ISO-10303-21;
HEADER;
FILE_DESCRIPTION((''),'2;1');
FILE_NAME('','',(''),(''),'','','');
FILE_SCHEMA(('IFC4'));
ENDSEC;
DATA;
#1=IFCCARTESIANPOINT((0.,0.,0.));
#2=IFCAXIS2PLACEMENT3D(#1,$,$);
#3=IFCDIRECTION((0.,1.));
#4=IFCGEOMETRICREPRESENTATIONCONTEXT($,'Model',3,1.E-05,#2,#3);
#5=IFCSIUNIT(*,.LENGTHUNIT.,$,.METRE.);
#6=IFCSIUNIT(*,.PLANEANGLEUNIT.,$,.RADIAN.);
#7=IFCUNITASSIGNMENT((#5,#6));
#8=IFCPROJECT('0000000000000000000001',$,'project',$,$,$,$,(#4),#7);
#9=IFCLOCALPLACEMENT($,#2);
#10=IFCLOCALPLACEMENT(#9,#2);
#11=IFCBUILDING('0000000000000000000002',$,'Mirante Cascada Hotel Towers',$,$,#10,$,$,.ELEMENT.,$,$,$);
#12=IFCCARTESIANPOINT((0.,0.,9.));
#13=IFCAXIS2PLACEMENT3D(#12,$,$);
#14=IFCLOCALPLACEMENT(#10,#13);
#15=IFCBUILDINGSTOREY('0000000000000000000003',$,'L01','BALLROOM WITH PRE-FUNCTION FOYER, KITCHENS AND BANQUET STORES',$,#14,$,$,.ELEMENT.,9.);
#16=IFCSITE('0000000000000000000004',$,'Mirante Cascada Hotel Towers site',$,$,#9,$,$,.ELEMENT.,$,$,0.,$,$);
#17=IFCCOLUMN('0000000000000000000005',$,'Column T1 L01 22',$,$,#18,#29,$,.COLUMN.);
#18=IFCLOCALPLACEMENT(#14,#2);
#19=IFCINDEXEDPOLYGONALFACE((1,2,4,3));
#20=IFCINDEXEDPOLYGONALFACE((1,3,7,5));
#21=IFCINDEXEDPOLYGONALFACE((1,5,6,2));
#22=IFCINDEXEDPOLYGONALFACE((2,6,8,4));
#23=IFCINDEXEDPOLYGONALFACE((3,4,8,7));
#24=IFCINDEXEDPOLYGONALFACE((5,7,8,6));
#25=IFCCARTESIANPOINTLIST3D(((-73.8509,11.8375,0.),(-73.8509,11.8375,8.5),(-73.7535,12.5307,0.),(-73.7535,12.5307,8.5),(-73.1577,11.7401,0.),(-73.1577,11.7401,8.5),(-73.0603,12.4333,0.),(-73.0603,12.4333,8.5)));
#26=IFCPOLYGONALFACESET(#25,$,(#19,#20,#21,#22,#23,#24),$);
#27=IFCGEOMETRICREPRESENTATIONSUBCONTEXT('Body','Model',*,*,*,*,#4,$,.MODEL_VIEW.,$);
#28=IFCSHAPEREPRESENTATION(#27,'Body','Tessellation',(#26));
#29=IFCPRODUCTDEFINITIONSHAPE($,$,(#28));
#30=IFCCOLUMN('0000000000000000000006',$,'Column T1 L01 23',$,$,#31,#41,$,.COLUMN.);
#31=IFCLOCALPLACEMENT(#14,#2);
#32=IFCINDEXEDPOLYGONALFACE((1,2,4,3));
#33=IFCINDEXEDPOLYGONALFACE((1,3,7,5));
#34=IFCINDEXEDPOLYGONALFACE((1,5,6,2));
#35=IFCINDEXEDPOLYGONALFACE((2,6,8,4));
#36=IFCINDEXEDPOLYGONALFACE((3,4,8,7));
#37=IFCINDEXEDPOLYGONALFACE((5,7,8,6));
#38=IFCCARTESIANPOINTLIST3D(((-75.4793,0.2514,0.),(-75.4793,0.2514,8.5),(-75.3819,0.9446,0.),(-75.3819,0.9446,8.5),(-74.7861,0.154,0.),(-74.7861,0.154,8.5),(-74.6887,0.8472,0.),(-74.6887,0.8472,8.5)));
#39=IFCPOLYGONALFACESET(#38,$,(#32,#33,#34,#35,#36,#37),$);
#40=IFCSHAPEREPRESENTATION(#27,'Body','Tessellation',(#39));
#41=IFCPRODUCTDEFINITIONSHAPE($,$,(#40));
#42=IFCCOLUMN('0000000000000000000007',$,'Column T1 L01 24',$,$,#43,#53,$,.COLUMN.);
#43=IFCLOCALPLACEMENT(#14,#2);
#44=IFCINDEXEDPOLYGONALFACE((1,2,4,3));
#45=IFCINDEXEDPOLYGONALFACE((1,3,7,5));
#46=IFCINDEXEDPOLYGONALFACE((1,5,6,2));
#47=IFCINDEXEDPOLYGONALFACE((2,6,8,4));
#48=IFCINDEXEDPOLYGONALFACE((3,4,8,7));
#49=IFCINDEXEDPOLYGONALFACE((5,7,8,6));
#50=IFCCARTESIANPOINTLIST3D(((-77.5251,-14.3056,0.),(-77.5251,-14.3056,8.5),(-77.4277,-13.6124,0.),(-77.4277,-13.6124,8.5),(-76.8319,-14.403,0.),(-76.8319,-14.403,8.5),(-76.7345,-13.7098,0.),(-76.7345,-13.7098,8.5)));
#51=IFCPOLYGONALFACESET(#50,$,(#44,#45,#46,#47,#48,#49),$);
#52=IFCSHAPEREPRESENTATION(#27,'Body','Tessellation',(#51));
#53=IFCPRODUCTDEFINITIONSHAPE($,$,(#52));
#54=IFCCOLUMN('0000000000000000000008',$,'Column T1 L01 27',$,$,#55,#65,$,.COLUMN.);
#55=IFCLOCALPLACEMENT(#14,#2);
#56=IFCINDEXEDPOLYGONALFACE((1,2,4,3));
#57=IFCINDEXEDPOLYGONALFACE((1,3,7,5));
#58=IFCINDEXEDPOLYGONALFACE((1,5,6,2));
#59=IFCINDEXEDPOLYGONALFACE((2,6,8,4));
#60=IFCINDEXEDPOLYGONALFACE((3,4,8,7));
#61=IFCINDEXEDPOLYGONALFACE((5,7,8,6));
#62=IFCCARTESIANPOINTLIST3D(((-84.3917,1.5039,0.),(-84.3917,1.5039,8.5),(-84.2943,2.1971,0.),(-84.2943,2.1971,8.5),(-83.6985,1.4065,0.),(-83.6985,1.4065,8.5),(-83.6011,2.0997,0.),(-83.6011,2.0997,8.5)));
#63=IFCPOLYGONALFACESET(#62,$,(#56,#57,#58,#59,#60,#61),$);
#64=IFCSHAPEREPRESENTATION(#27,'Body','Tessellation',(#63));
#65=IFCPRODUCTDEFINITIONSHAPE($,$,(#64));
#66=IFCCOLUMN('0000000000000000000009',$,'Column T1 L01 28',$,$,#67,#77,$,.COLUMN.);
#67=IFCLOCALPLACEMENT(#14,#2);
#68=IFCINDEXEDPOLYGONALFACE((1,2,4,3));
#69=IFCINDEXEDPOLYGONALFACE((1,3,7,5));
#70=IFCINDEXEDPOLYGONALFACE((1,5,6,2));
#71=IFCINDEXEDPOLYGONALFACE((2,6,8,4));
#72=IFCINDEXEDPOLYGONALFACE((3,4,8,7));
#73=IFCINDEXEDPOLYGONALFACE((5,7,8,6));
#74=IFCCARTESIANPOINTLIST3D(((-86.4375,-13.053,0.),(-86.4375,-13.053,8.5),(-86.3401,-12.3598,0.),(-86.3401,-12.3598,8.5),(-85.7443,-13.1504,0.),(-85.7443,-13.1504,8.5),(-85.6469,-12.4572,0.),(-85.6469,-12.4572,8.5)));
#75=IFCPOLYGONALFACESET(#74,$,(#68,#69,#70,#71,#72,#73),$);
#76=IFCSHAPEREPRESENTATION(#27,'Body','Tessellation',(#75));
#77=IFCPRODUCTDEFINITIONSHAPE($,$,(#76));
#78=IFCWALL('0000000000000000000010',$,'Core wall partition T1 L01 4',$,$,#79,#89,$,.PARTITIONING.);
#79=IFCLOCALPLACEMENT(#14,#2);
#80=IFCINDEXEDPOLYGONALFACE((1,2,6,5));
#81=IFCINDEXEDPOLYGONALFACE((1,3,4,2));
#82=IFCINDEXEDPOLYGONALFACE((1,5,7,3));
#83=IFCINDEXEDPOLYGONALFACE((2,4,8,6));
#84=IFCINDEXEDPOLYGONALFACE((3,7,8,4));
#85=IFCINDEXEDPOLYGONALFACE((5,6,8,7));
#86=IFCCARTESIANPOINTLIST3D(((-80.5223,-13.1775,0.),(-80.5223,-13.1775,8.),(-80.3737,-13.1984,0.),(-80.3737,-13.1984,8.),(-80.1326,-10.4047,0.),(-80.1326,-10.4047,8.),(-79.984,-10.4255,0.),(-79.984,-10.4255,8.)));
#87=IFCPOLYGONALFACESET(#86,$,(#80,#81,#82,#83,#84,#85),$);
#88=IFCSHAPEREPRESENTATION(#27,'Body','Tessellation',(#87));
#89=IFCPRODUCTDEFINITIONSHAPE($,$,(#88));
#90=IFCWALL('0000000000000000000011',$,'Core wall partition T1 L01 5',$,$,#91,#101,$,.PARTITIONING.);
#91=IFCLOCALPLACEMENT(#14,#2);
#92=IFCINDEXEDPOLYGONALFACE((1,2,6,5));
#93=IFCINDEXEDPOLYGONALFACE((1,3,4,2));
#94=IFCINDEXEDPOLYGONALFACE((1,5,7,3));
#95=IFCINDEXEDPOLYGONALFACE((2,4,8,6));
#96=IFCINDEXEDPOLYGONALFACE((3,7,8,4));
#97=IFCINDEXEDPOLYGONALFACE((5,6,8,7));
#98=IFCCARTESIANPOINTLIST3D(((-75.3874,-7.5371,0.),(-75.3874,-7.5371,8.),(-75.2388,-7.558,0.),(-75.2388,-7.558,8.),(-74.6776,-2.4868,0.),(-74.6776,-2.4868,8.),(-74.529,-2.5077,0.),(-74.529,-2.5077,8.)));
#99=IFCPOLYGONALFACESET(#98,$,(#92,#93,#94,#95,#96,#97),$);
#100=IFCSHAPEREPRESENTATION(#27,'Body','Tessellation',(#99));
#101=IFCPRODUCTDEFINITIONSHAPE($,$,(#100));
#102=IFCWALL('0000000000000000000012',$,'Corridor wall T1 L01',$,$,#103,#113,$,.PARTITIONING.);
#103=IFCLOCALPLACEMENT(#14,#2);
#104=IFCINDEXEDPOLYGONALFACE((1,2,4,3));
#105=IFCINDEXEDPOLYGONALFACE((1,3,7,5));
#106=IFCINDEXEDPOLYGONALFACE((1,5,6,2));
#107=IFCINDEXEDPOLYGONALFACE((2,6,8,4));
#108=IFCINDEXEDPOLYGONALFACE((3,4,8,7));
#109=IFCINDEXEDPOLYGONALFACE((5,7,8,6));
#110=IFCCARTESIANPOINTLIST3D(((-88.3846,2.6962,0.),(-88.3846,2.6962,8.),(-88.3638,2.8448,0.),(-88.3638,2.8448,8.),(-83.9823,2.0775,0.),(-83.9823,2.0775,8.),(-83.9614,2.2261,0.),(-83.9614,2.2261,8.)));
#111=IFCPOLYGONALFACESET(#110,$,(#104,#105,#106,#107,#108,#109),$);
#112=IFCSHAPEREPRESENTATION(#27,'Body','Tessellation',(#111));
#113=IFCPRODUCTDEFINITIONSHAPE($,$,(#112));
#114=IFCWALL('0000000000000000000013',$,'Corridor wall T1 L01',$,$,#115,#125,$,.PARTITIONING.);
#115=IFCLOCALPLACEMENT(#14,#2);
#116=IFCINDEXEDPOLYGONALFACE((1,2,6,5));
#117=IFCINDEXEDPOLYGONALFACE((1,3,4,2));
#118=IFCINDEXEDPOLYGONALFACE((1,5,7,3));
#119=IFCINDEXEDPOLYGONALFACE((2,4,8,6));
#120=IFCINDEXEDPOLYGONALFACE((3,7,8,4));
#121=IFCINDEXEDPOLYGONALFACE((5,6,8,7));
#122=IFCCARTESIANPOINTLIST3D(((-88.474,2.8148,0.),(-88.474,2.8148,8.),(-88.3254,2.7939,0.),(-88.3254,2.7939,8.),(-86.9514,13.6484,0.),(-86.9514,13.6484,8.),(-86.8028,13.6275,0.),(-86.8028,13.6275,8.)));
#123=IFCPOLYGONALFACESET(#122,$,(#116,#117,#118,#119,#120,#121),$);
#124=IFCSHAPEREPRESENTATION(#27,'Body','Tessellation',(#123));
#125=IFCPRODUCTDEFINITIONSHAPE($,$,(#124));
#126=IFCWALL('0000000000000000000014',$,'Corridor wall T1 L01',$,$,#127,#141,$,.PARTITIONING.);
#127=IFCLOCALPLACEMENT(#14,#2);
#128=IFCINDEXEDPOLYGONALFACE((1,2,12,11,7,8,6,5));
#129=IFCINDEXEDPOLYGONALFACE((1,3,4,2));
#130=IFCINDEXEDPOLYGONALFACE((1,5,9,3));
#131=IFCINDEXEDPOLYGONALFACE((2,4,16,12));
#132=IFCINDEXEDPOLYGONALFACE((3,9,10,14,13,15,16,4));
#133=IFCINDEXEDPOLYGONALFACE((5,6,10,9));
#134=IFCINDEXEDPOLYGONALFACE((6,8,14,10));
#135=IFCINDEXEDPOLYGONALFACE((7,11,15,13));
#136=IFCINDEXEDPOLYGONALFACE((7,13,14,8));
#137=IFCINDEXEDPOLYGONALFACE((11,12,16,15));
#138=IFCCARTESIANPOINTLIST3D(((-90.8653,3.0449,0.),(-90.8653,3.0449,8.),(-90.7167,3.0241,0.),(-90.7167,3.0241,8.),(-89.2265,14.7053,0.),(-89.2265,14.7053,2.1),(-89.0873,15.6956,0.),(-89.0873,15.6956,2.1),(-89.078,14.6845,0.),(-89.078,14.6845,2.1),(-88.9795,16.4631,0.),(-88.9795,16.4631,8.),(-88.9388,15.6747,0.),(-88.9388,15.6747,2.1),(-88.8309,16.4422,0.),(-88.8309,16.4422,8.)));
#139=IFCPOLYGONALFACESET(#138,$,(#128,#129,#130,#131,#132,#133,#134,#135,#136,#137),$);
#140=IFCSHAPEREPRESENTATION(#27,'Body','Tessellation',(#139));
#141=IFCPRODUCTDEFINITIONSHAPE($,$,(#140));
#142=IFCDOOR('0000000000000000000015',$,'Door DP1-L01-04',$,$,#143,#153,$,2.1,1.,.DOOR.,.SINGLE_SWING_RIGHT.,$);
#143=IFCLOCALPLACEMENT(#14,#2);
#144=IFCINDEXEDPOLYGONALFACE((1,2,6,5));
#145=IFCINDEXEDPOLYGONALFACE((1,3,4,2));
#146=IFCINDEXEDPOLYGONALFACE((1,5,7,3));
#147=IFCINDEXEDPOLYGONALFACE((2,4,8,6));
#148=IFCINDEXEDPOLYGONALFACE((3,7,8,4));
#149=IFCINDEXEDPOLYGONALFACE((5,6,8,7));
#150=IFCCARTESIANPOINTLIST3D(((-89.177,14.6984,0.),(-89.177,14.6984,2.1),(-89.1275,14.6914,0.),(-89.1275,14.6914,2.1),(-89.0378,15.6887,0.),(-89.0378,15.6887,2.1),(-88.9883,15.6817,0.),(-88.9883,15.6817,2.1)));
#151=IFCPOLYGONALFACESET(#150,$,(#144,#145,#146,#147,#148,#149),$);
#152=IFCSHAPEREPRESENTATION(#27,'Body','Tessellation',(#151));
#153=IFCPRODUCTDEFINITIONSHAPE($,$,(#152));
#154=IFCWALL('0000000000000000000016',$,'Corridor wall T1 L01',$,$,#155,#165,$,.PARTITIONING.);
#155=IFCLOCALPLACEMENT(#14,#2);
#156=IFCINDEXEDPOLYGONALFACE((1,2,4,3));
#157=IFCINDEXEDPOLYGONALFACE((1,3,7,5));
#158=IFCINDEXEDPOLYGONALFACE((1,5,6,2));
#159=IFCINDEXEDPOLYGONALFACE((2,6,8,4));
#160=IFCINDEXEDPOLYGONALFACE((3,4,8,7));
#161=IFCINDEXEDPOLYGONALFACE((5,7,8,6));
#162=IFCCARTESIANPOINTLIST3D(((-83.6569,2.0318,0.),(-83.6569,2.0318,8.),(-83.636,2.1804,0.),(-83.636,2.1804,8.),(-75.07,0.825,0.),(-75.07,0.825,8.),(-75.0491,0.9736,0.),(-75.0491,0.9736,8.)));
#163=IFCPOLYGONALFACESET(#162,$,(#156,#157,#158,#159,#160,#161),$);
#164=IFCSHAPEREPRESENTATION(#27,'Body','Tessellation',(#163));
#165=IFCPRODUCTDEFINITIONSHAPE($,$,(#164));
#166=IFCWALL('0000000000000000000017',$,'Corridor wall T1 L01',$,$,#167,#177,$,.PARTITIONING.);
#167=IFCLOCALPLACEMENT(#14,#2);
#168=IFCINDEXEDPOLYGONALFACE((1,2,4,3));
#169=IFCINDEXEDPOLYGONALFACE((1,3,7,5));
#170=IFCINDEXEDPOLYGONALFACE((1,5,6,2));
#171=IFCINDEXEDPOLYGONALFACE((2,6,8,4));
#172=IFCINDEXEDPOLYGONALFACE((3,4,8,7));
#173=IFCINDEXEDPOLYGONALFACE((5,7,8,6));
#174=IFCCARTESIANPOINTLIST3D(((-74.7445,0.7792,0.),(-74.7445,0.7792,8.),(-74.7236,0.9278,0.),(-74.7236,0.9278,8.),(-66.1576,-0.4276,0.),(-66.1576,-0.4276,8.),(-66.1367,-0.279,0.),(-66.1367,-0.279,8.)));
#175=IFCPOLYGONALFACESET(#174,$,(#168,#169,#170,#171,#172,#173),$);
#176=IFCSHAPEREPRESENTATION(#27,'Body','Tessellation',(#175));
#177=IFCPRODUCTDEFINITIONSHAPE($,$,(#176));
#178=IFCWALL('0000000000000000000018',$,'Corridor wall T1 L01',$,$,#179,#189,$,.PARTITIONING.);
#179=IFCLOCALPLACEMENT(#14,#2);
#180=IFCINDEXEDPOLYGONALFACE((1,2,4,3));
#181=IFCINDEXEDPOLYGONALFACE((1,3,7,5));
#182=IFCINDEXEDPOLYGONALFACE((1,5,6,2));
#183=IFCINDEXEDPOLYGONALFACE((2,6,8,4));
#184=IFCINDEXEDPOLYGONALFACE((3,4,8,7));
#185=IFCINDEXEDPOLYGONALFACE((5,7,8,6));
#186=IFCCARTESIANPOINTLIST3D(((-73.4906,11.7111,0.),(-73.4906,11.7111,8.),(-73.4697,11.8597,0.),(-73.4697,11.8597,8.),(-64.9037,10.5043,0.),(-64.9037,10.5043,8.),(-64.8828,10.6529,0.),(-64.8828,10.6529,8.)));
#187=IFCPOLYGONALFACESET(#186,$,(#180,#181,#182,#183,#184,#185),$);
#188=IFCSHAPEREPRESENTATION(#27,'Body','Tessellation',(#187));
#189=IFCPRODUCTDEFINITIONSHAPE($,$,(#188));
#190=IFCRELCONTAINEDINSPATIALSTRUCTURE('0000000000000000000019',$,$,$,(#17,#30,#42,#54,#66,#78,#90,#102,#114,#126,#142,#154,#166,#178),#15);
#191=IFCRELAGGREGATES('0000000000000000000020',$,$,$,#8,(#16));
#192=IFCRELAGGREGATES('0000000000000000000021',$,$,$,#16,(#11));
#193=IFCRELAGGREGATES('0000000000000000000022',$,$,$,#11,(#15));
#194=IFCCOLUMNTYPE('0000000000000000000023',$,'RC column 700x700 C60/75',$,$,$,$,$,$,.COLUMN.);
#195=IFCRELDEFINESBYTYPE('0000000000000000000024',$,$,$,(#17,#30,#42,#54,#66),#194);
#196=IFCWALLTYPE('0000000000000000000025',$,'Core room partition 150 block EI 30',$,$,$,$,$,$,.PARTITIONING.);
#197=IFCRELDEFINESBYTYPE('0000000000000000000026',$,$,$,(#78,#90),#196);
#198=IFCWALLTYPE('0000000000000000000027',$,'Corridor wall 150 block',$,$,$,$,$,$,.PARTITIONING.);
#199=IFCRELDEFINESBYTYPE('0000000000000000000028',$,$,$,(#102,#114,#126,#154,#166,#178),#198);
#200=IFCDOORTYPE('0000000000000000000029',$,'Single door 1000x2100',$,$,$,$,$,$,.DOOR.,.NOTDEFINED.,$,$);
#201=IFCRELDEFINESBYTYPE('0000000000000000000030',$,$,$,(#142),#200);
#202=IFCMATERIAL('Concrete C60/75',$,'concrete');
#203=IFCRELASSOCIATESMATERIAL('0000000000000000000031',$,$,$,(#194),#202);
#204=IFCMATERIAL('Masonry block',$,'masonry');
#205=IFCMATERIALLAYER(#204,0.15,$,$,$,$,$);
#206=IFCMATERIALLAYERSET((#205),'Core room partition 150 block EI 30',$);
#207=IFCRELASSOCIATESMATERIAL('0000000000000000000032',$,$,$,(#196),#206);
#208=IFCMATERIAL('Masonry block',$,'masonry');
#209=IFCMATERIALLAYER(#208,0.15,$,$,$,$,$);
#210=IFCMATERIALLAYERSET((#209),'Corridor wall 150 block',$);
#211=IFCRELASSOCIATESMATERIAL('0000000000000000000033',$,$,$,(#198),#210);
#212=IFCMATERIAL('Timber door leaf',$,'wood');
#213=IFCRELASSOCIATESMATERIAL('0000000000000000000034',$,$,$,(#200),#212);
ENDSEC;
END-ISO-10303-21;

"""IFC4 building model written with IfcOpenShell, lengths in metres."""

from ifc_helpers import new_model, si_unit, direction, frame, frame_2d, origin, origin_2d, place, context, subcontext, project, spatial, rectangle, extrude, material, layer, layer_set, material_profile, profile_set, type_object, element, fill, save


model = new_model("IFC4")

# Units and contexts
model_context = context("Model", 3, precision=1e-05, world=origin(), true_north=direction((0.0, 1.0)))
body_context = subcontext(model_context, "Body", "Model", "MODEL_VIEW")
ifc_project = project(units=[si_unit("LENGTHUNIT", "METRE"), si_unit("PLANEANGLEUNIT", "RADIAN")], contexts=[model_context])

# Site, building, storey
site_placement = place(None, origin())
site = spatial("IfcSite", under=ifc_project, at=site_placement, Name="Mirante Cascada Hotel Towers site", CompositionType="ELEMENT", RefElevation=0.0)
building_placement = place(site_placement, origin())
building = spatial("IfcBuilding", under=site, at=building_placement, Name="Mirante Cascada Hotel Towers", CompositionType="ELEMENT")
storey_placement = place(building_placement, frame((0.0, 0.0, 9.0)))
storey = spatial("IfcBuildingStorey", under=building, at=storey_placement, Name="L01", Description="BALLROOM WITH PRE-FUNCTION FOYER, KITCHENS AND BANQUET STORES", CompositionType="ELEMENT", Elevation=9.0)

# Columns
ifc_material_1 = material(Name="Concrete C60/75", Category="concrete")
ifc_material_profile = material_profile(ifc_material_1, rectangle(XDim=0.7, YDim=0.7, at=origin_2d()), Name="RC column 700x700 C60/75")
ifc_profile_set = profile_set([ifc_material_profile], Name="Concrete C60/75")
column_type = type_object("IfcColumnType", Name="RC column 700x700 C60/75", PredefinedType="COLUMN", material=ifc_profile_set)
for number, where, z_axis, x_axis, name in (
    (1, (-73.4556, 12.1354, 0.0), (0.0, 0.0, 1.0), (-0.990268, 0.139173, 0.0), "Column T1 L01 22"),
    (2, (-75.084, 0.5493, 0.0), (0.0, 0.0, 1.0), (-0.990268, 0.139173, 0.0), "Column T1 L01 23"),
    (3, (-77.1298, -14.0077, 0.0), (0.0, 0.0, 1.0), (-0.990268, 0.139173, 0.0), "Column T1 L01 24"),
    (4, (-83.9964, 1.8018, 0.0), (0.0, 0.0, 1.0), (-0.990268, 0.139173, 0.0), "Column T1 L01 27"),
    (5, (-86.0422, -12.7551, 0.0), (0.0, 0.0, 1.0), (-0.990268, 0.139173, 0.0), "Column T1 L01 28"),
):
    element("IfcColumn", number, at=place(storey_placement, frame(where, z_axis=z_axis, x_axis=x_axis)), inside=storey, type_object=column_type, Name=name, PredefinedType="COLUMN", context=body_context, shape_type="SweptSolid", body=[
        extrude(rectangle(XDim=0.7, YDim=0.7, at=origin_2d()), origin(), (0.0, 0.0, 1.0), 8.5),
    ])

# Walls
ifc_material_2 = material(Name="Masonry block", Category="masonry")
ifc_layer_1 = layer(ifc_material_2, 0.15)
ifc_layer_set_1 = layer_set([ifc_layer_1], Name="Core room partition 150 block EI 30")
wall_type_1 = type_object("IfcWallType", Name="Core room partition 150 block EI 30", PredefinedType="PARTITIONING", material=ifc_layer_set_1)
wall_1_placement = place(storey_placement, frame((-80.448, -13.1879, 0.0), z_axis=(0.0, 0.0, 1.0), x_axis=(0.139176, 0.990268, 0.0)))
element("IfcWall", 6, at=wall_1_placement, inside=storey, type_object=wall_type_1, Name="Core wall partition T1 L01 4", PredefinedType="PARTITIONING", context=body_context, shape_type="SweptSolid", body=[
    extrude(rectangle(XDim=2.8001, YDim=0.15, at=frame_2d((1.4, 0.0))), origin(), (0.0, 0.0, 1.0), 8.0),
])
wall_2_placement = place(storey_placement, frame((-75.3131, -7.5476, 0.0), z_axis=(0.0, 0.0, 1.0), x_axis=(0.139178, 0.990267, 0.0)))
element("IfcWall", 7, at=wall_2_placement, inside=storey, type_object=wall_type_1, Name="Core wall partition T1 L01 5", PredefinedType="PARTITIONING", context=body_context, shape_type="SweptSolid", body=[
    extrude(rectangle(XDim=5.0999, YDim=0.15, at=frame_2d((2.55, 0.0))), origin(), (0.0, 0.0, 1.0), 8.0),
])
ifc_material_3 = material(Name="Masonry block", Category="masonry")
ifc_layer_2 = layer(ifc_material_3, 0.15)
ifc_layer_set_2 = layer_set([ifc_layer_2], Name="Corridor wall 150 block")
wall_type_2 = type_object("IfcWallType", Name="Corridor wall 150 block", PredefinedType="PARTITIONING", material=ifc_layer_set_2)
wall_3_placement = place(storey_placement, frame((-88.3742, 2.7705, 0.0), z_axis=(0.0, 0.0, 1.0), x_axis=(0.990268, -0.139173, 0.0)))
element("IfcWall", 8, at=wall_3_placement, inside=storey, type_object=wall_type_2, Name="Corridor wall T1 L01", PredefinedType="PARTITIONING", context=body_context, shape_type="SweptSolid", body=[
    extrude(rectangle(XDim=4.4456, YDim=0.15, at=frame_2d((2.2228, 0.0))), origin(), (0.0, 0.0, 1.0), 8.0),
])
wall_4_placement = place(storey_placement, frame((-88.3997, 2.8044, 0.0), z_axis=(0.0, 0.0, 1.0), x_axis=(0.139176, 0.990268, 0.0)))
element("IfcWall", 9, at=wall_4_placement, inside=storey, type_object=wall_type_2, Name="Corridor wall T1 L01", PredefinedType="PARTITIONING", context=body_context, shape_type="SweptSolid", body=[
    extrude(rectangle(XDim=10.9401, YDim=0.15, at=frame_2d((5.47, 0.0))), origin(), (0.0, 0.0, 1.0), 8.0),
])

# Wall, opening, door
wall_5_placement = place(storey_placement, frame((-90.791, 3.0345, 0.0), z_axis=(0.0, 0.0, 1.0), x_axis=(0.139174, 0.990268, 0.0)))
wall_5 = element("IfcWall", 10, at=wall_5_placement, inside=storey, type_object=wall_type_2, Name="Corridor wall T1 L01", PredefinedType="PARTITIONING", context=body_context, shape_type="SweptSolid", body=[
    extrude(rectangle(XDim=13.55, YDim=0.15, at=frame_2d((6.775, 0.0))), origin(), (0.0, 0.0, 1.0), 8.0),
])
opening_1_placement = place(wall_5_placement, frame((11.775, 0.0, 0.0)))
opening_1 = element("IfcOpeningElement", 11, at=opening_1_placement, cuts=wall_5, PredefinedType="OPENING", context=body_context, shape_type="SweptSolid", body=[
    extrude(rectangle(XDim=1.0, YDim=2.1, at=frame_2d((0.5, 1.05))), frame((0.0, 0.075, 0.0), z_axis=(0.0, -1.0, 0.0), x_axis=(1.0, 0.0, 0.0)), (0.0, 0.0, 1.0), 0.15),
])
ifc_material_4 = material(Name="Timber door leaf", Category="wood")
door_type_1 = type_object("IfcDoorType", Name="Single door 1000x2100", OperationType="NOTDEFINED", PredefinedType="DOOR", material=ifc_material_4)
door_1_placement = place(opening_1_placement, origin())
door_1 = element("IfcDoor", 12, at=door_1_placement, inside=storey, type_object=door_type_1, Name="Door DP1-L01-04", OperationType="SINGLE_SWING_RIGHT", OverallHeight=2.1, OverallWidth=1.0, PredefinedType="DOOR", context=body_context, shape_type="SweptSolid", body=[
    extrude(rectangle(XDim=1.0, YDim=2.1, at=frame_2d((0.5, 1.05))), frame((0.0, 0.025, 0.0), z_axis=(0.0, -1.0, 0.0), x_axis=(1.0, 0.0, 0.0)), (0.0, 0.0, 1.0), 0.05),
])
fill(opening_1, door_1)

# Walls
for number, where, z_axis, x_axis, name in (
    (13, (-83.6464, 2.1061, 0.0), (0.0, 0.0, 1.0), (0.990268, -0.139172, 0.0), "Corridor wall T1 L01"),
    (14, (-74.734, 0.8535, 0.0), (0.0, 0.0, 1.0), (0.990268, -0.139172, 0.0), "Corridor wall T1 L01"),
    (15, (-73.4801, 11.7854, 0.0), (0.0, 0.0, 1.0), (0.990268, -0.139172, 0.0), "Corridor wall T1 L01"),
):
    element("IfcWall", number, at=place(storey_placement, frame(where, z_axis=z_axis, x_axis=x_axis)), inside=storey, type_object=wall_type_2, Name=name, PredefinedType="PARTITIONING", context=body_context, shape_type="SweptSolid", body=[
        extrude(rectangle(XDim=8.6713, YDim=0.15, at=frame_2d((4.3356, 0.0))), origin(), (0.0, 0.0, 1.0), 8.0),
    ])

save(model, "model.ifc")
